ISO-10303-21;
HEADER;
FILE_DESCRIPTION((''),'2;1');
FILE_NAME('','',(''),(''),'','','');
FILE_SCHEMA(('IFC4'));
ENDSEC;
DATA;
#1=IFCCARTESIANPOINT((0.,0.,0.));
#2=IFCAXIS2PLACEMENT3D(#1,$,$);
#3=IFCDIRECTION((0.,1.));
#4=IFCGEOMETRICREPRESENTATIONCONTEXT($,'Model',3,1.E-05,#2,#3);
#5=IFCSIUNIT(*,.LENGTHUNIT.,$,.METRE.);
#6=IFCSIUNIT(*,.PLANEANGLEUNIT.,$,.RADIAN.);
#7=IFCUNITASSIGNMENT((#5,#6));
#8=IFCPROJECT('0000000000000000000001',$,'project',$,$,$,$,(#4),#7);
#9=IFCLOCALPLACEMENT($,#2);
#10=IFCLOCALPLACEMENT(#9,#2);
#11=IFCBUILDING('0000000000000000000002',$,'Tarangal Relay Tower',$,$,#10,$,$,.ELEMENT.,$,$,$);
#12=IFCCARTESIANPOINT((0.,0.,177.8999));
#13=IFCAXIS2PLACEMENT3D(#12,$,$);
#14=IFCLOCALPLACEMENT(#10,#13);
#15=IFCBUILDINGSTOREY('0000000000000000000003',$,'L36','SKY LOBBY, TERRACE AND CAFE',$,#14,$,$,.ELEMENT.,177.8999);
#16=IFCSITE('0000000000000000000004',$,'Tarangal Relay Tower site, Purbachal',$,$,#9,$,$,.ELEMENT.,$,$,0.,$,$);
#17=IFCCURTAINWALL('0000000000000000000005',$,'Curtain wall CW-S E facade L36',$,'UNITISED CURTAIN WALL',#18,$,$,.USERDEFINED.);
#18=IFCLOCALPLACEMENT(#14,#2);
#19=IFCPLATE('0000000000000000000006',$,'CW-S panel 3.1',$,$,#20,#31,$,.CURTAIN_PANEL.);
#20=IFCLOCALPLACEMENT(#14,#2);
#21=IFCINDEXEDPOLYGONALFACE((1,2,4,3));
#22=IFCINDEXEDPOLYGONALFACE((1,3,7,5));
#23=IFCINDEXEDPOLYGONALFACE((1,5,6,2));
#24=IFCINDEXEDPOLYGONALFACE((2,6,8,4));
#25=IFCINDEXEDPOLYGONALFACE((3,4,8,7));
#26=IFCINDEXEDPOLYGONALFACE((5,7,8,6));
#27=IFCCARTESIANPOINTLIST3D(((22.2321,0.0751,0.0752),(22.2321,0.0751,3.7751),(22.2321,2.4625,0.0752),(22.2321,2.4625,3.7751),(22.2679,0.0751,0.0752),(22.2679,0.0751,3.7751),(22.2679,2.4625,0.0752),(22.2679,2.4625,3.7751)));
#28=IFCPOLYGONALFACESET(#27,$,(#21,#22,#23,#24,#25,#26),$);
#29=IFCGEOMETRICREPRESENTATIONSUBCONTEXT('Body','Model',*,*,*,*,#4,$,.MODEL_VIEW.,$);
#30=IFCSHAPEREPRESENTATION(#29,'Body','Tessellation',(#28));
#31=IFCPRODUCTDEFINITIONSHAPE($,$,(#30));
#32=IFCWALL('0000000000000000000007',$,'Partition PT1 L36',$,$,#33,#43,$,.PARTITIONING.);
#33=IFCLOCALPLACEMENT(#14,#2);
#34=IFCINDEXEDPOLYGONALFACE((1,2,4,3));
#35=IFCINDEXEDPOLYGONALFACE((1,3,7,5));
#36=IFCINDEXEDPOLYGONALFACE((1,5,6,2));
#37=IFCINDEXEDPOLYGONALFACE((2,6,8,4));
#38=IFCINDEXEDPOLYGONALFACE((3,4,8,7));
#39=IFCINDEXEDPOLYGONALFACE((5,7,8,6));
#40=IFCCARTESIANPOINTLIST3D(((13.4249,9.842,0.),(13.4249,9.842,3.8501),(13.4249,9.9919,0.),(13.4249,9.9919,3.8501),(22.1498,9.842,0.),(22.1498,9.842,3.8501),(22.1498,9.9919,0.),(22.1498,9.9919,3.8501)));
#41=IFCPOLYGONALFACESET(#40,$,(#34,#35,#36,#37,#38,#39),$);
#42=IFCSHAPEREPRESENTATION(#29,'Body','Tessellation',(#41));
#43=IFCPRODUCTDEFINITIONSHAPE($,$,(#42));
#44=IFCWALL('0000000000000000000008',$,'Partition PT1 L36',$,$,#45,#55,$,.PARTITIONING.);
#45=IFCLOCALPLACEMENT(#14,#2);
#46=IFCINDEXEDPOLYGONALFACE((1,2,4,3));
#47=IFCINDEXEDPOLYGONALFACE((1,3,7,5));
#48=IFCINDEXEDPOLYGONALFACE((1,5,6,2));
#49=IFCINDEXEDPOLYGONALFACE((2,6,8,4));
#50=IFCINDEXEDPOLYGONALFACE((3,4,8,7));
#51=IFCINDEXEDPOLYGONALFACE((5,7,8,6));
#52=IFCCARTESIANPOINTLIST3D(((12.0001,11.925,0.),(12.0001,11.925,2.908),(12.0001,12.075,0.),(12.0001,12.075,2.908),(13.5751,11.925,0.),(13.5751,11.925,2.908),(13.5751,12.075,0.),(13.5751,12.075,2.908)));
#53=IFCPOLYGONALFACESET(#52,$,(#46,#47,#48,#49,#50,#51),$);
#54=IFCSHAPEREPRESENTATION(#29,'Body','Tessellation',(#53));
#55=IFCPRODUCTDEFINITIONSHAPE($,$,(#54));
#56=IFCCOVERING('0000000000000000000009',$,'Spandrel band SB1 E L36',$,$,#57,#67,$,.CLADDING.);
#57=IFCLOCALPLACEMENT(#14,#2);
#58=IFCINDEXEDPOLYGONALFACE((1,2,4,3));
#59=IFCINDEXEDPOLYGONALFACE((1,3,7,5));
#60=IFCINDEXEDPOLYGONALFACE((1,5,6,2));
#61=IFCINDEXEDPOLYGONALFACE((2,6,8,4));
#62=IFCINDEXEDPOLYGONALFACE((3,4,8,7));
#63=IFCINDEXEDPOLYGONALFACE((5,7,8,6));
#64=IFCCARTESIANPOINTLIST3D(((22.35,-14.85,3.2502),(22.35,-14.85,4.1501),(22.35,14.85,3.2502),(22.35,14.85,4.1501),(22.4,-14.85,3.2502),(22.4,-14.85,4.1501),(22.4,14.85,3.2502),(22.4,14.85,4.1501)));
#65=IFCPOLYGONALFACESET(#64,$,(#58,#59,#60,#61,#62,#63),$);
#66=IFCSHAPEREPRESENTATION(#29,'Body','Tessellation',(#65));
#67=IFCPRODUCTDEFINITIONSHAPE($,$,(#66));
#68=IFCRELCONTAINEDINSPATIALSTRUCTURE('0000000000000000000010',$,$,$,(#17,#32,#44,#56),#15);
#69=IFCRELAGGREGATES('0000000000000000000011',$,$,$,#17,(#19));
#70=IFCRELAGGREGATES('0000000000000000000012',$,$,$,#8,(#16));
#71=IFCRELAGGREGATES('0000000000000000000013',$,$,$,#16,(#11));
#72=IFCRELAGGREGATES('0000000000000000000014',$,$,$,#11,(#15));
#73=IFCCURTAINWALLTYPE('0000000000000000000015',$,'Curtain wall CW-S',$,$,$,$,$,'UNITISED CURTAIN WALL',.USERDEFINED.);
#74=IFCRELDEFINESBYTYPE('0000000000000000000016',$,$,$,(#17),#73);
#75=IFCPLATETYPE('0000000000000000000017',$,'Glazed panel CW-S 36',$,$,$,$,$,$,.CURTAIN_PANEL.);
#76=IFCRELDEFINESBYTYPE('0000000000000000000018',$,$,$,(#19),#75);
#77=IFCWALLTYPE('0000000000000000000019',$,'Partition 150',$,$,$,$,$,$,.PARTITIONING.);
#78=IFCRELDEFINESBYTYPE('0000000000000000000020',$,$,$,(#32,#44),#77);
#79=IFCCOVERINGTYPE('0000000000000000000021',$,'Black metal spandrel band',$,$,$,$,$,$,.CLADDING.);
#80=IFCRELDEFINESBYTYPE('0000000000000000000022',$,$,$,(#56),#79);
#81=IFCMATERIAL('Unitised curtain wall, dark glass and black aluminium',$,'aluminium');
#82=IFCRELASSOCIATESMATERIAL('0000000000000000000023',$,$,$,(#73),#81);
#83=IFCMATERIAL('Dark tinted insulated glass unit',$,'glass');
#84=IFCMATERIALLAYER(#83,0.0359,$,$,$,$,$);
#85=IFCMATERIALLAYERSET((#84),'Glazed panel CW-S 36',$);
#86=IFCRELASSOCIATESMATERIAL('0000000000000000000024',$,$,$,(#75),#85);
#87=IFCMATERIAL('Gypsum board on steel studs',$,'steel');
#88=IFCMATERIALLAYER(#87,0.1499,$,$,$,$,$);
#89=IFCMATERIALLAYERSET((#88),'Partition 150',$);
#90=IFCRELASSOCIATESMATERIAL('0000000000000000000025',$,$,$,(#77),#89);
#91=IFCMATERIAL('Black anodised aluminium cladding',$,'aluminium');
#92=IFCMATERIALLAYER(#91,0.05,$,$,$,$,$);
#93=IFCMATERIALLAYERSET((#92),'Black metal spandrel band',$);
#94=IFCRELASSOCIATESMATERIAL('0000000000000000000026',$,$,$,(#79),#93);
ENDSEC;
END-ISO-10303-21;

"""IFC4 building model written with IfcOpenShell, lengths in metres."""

from ifc_helpers import new_model, si_unit, direction, frame, frame_2d, origin, origin_2d, place, context, subcontext, project, spatial, rectangle, extrude, material, layer, layer_set, type_object, element, aggregate, save


model = new_model("IFC4")

# Units and contexts
model_context = context("Model", 3, precision=1e-05, world=origin(), true_north=direction((0.0, 1.0)))
body_context = subcontext(model_context, "Body", "Model", "MODEL_VIEW")
ifc_project = project(units=[si_unit("LENGTHUNIT", "METRE"), si_unit("PLANEANGLEUNIT", "RADIAN")], contexts=[model_context])

# Site, building, storey
site_placement = place(None, origin())
site = spatial("IfcSite", under=ifc_project, at=site_placement, Name="Tarangal Relay Tower site, Purbachal", CompositionType="ELEMENT", RefElevation=0.0)
building_placement = place(site_placement, origin())
building = spatial("IfcBuilding", under=site, at=building_placement, Name="Tarangal Relay Tower", CompositionType="ELEMENT")
storey_placement = place(building_placement, frame((0.0, 0.0, 177.8999)))
storey = spatial("IfcBuildingStorey", under=building, at=storey_placement, Name="L36", Description="SKY LOBBY, TERRACE AND CAFE", CompositionType="ELEMENT", Elevation=177.8999)

# Curtain wall
ifc_material_1 = material(Name="Unitised curtain wall, dark glass and black aluminium", Category="aluminium")
curtain_wall_type = type_object("IfcCurtainWallType", Name="Curtain wall CW-S", ElementType="UNITISED CURTAIN WALL", PredefinedType="USERDEFINED", material=ifc_material_1)
curtain_wall_1_placement = place(storey_placement, origin())
curtain_wall_1 = element("IfcCurtainWall", 1, at=curtain_wall_1_placement, inside=storey, type_object=curtain_wall_type, Name="Curtain wall CW-S E facade L36", ObjectType="UNITISED CURTAIN WALL", PredefinedType="USERDEFINED")

# Plate
ifc_material_2 = material(Name="Dark tinted insulated glass unit", Category="glass")
ifc_layer_1 = layer(ifc_material_2, 0.0359)
ifc_layer_set_1 = layer_set([ifc_layer_1], Name="Glazed panel CW-S 36")
plate_type = type_object("IfcPlateType", Name="Glazed panel CW-S 36", PredefinedType="CURTAIN_PANEL", material=ifc_layer_set_1)
plate_1_placement = place(storey_placement, frame((22.25, 1.2688, 0.0752), z_axis=(0.0, 0.0, 1.0), x_axis=(0.0, -1.0, 0.0)))
plate_1 = element("IfcPlate", 2, at=plate_1_placement, type_object=plate_type, Name="CW-S panel 3.1", PredefinedType="CURTAIN_PANEL", context=body_context, shape_type="SweptSolid", body=[
    extrude(rectangle(XDim=2.3875, YDim=0.0359, at=origin_2d()), origin(), (0.0, 0.0, 1.0), 3.7),
])
aggregate(curtain_wall_1, [plate_1])

# Walls
ifc_material_3 = material(Name="Gypsum board on steel studs", Category="steel")
ifc_layer_2 = layer(ifc_material_3, 0.1499)
ifc_layer_set_2 = layer_set([ifc_layer_2], Name="Partition 150")
wall_type = type_object("IfcWallType", Name="Partition 150", PredefinedType="PARTITIONING", material=ifc_layer_set_2)
wall_1_placement = place(storey_placement, frame((13.425, 9.917, 0.0), z_axis=(0.0, 0.0, 1.0), x_axis=(1.0, 0.0, 0.0)))
element("IfcWall", 3, at=wall_1_placement, inside=storey, type_object=wall_type, Name="Partition PT1 L36", PredefinedType="PARTITIONING", context=body_context, shape_type="SweptSolid", body=[
    extrude(rectangle(XDim=8.7249, YDim=0.1499, at=frame_2d((4.3623, 0.0))), origin(), (0.0, 0.0, 1.0), 3.8501),
])
wall_2_placement = place(storey_placement, frame((12.0, 12.0, 0.0), z_axis=(0.0, 0.0, 1.0), x_axis=(1.0, 0.0, 0.0)))
element("IfcWall", 4, at=wall_2_placement, inside=storey, type_object=wall_type, Name="Partition PT1 L36", PredefinedType="PARTITIONING", context=body_context, shape_type="SweptSolid", body=[
    extrude(rectangle(XDim=1.575, YDim=0.1499, at=frame_2d((0.7876, 0.0))), origin(), (0.0, 0.0, 1.0), 2.908),
])

# Covering
ifc_material_4 = material(Name="Black anodised aluminium cladding", Category="aluminium")
ifc_layer_3 = layer(ifc_material_4, 0.05)
ifc_layer_set_3 = layer_set([ifc_layer_3], Name="Black metal spandrel band")
covering_type = type_object("IfcCoveringType", Name="Black metal spandrel band", PredefinedType="CLADDING", material=ifc_layer_set_3)
covering_placement = place(storey_placement, frame((22.375, 0.0, 3.2502), z_axis=(0.0, 0.0, 1.0), x_axis=(0.0, -1.0, 0.0)))
element("IfcCovering", 5, at=covering_placement, inside=storey, type_object=covering_type, Name="Spandrel band SB1 E L36", PredefinedType="CLADDING", context=body_context, shape_type="SweptSolid", body=[
    extrude(rectangle(XDim=29.7, YDim=0.05, at=origin_2d()), origin(), (0.0, 0.0, 1.0), 0.8999),
])

save(model, "model.ifc")
